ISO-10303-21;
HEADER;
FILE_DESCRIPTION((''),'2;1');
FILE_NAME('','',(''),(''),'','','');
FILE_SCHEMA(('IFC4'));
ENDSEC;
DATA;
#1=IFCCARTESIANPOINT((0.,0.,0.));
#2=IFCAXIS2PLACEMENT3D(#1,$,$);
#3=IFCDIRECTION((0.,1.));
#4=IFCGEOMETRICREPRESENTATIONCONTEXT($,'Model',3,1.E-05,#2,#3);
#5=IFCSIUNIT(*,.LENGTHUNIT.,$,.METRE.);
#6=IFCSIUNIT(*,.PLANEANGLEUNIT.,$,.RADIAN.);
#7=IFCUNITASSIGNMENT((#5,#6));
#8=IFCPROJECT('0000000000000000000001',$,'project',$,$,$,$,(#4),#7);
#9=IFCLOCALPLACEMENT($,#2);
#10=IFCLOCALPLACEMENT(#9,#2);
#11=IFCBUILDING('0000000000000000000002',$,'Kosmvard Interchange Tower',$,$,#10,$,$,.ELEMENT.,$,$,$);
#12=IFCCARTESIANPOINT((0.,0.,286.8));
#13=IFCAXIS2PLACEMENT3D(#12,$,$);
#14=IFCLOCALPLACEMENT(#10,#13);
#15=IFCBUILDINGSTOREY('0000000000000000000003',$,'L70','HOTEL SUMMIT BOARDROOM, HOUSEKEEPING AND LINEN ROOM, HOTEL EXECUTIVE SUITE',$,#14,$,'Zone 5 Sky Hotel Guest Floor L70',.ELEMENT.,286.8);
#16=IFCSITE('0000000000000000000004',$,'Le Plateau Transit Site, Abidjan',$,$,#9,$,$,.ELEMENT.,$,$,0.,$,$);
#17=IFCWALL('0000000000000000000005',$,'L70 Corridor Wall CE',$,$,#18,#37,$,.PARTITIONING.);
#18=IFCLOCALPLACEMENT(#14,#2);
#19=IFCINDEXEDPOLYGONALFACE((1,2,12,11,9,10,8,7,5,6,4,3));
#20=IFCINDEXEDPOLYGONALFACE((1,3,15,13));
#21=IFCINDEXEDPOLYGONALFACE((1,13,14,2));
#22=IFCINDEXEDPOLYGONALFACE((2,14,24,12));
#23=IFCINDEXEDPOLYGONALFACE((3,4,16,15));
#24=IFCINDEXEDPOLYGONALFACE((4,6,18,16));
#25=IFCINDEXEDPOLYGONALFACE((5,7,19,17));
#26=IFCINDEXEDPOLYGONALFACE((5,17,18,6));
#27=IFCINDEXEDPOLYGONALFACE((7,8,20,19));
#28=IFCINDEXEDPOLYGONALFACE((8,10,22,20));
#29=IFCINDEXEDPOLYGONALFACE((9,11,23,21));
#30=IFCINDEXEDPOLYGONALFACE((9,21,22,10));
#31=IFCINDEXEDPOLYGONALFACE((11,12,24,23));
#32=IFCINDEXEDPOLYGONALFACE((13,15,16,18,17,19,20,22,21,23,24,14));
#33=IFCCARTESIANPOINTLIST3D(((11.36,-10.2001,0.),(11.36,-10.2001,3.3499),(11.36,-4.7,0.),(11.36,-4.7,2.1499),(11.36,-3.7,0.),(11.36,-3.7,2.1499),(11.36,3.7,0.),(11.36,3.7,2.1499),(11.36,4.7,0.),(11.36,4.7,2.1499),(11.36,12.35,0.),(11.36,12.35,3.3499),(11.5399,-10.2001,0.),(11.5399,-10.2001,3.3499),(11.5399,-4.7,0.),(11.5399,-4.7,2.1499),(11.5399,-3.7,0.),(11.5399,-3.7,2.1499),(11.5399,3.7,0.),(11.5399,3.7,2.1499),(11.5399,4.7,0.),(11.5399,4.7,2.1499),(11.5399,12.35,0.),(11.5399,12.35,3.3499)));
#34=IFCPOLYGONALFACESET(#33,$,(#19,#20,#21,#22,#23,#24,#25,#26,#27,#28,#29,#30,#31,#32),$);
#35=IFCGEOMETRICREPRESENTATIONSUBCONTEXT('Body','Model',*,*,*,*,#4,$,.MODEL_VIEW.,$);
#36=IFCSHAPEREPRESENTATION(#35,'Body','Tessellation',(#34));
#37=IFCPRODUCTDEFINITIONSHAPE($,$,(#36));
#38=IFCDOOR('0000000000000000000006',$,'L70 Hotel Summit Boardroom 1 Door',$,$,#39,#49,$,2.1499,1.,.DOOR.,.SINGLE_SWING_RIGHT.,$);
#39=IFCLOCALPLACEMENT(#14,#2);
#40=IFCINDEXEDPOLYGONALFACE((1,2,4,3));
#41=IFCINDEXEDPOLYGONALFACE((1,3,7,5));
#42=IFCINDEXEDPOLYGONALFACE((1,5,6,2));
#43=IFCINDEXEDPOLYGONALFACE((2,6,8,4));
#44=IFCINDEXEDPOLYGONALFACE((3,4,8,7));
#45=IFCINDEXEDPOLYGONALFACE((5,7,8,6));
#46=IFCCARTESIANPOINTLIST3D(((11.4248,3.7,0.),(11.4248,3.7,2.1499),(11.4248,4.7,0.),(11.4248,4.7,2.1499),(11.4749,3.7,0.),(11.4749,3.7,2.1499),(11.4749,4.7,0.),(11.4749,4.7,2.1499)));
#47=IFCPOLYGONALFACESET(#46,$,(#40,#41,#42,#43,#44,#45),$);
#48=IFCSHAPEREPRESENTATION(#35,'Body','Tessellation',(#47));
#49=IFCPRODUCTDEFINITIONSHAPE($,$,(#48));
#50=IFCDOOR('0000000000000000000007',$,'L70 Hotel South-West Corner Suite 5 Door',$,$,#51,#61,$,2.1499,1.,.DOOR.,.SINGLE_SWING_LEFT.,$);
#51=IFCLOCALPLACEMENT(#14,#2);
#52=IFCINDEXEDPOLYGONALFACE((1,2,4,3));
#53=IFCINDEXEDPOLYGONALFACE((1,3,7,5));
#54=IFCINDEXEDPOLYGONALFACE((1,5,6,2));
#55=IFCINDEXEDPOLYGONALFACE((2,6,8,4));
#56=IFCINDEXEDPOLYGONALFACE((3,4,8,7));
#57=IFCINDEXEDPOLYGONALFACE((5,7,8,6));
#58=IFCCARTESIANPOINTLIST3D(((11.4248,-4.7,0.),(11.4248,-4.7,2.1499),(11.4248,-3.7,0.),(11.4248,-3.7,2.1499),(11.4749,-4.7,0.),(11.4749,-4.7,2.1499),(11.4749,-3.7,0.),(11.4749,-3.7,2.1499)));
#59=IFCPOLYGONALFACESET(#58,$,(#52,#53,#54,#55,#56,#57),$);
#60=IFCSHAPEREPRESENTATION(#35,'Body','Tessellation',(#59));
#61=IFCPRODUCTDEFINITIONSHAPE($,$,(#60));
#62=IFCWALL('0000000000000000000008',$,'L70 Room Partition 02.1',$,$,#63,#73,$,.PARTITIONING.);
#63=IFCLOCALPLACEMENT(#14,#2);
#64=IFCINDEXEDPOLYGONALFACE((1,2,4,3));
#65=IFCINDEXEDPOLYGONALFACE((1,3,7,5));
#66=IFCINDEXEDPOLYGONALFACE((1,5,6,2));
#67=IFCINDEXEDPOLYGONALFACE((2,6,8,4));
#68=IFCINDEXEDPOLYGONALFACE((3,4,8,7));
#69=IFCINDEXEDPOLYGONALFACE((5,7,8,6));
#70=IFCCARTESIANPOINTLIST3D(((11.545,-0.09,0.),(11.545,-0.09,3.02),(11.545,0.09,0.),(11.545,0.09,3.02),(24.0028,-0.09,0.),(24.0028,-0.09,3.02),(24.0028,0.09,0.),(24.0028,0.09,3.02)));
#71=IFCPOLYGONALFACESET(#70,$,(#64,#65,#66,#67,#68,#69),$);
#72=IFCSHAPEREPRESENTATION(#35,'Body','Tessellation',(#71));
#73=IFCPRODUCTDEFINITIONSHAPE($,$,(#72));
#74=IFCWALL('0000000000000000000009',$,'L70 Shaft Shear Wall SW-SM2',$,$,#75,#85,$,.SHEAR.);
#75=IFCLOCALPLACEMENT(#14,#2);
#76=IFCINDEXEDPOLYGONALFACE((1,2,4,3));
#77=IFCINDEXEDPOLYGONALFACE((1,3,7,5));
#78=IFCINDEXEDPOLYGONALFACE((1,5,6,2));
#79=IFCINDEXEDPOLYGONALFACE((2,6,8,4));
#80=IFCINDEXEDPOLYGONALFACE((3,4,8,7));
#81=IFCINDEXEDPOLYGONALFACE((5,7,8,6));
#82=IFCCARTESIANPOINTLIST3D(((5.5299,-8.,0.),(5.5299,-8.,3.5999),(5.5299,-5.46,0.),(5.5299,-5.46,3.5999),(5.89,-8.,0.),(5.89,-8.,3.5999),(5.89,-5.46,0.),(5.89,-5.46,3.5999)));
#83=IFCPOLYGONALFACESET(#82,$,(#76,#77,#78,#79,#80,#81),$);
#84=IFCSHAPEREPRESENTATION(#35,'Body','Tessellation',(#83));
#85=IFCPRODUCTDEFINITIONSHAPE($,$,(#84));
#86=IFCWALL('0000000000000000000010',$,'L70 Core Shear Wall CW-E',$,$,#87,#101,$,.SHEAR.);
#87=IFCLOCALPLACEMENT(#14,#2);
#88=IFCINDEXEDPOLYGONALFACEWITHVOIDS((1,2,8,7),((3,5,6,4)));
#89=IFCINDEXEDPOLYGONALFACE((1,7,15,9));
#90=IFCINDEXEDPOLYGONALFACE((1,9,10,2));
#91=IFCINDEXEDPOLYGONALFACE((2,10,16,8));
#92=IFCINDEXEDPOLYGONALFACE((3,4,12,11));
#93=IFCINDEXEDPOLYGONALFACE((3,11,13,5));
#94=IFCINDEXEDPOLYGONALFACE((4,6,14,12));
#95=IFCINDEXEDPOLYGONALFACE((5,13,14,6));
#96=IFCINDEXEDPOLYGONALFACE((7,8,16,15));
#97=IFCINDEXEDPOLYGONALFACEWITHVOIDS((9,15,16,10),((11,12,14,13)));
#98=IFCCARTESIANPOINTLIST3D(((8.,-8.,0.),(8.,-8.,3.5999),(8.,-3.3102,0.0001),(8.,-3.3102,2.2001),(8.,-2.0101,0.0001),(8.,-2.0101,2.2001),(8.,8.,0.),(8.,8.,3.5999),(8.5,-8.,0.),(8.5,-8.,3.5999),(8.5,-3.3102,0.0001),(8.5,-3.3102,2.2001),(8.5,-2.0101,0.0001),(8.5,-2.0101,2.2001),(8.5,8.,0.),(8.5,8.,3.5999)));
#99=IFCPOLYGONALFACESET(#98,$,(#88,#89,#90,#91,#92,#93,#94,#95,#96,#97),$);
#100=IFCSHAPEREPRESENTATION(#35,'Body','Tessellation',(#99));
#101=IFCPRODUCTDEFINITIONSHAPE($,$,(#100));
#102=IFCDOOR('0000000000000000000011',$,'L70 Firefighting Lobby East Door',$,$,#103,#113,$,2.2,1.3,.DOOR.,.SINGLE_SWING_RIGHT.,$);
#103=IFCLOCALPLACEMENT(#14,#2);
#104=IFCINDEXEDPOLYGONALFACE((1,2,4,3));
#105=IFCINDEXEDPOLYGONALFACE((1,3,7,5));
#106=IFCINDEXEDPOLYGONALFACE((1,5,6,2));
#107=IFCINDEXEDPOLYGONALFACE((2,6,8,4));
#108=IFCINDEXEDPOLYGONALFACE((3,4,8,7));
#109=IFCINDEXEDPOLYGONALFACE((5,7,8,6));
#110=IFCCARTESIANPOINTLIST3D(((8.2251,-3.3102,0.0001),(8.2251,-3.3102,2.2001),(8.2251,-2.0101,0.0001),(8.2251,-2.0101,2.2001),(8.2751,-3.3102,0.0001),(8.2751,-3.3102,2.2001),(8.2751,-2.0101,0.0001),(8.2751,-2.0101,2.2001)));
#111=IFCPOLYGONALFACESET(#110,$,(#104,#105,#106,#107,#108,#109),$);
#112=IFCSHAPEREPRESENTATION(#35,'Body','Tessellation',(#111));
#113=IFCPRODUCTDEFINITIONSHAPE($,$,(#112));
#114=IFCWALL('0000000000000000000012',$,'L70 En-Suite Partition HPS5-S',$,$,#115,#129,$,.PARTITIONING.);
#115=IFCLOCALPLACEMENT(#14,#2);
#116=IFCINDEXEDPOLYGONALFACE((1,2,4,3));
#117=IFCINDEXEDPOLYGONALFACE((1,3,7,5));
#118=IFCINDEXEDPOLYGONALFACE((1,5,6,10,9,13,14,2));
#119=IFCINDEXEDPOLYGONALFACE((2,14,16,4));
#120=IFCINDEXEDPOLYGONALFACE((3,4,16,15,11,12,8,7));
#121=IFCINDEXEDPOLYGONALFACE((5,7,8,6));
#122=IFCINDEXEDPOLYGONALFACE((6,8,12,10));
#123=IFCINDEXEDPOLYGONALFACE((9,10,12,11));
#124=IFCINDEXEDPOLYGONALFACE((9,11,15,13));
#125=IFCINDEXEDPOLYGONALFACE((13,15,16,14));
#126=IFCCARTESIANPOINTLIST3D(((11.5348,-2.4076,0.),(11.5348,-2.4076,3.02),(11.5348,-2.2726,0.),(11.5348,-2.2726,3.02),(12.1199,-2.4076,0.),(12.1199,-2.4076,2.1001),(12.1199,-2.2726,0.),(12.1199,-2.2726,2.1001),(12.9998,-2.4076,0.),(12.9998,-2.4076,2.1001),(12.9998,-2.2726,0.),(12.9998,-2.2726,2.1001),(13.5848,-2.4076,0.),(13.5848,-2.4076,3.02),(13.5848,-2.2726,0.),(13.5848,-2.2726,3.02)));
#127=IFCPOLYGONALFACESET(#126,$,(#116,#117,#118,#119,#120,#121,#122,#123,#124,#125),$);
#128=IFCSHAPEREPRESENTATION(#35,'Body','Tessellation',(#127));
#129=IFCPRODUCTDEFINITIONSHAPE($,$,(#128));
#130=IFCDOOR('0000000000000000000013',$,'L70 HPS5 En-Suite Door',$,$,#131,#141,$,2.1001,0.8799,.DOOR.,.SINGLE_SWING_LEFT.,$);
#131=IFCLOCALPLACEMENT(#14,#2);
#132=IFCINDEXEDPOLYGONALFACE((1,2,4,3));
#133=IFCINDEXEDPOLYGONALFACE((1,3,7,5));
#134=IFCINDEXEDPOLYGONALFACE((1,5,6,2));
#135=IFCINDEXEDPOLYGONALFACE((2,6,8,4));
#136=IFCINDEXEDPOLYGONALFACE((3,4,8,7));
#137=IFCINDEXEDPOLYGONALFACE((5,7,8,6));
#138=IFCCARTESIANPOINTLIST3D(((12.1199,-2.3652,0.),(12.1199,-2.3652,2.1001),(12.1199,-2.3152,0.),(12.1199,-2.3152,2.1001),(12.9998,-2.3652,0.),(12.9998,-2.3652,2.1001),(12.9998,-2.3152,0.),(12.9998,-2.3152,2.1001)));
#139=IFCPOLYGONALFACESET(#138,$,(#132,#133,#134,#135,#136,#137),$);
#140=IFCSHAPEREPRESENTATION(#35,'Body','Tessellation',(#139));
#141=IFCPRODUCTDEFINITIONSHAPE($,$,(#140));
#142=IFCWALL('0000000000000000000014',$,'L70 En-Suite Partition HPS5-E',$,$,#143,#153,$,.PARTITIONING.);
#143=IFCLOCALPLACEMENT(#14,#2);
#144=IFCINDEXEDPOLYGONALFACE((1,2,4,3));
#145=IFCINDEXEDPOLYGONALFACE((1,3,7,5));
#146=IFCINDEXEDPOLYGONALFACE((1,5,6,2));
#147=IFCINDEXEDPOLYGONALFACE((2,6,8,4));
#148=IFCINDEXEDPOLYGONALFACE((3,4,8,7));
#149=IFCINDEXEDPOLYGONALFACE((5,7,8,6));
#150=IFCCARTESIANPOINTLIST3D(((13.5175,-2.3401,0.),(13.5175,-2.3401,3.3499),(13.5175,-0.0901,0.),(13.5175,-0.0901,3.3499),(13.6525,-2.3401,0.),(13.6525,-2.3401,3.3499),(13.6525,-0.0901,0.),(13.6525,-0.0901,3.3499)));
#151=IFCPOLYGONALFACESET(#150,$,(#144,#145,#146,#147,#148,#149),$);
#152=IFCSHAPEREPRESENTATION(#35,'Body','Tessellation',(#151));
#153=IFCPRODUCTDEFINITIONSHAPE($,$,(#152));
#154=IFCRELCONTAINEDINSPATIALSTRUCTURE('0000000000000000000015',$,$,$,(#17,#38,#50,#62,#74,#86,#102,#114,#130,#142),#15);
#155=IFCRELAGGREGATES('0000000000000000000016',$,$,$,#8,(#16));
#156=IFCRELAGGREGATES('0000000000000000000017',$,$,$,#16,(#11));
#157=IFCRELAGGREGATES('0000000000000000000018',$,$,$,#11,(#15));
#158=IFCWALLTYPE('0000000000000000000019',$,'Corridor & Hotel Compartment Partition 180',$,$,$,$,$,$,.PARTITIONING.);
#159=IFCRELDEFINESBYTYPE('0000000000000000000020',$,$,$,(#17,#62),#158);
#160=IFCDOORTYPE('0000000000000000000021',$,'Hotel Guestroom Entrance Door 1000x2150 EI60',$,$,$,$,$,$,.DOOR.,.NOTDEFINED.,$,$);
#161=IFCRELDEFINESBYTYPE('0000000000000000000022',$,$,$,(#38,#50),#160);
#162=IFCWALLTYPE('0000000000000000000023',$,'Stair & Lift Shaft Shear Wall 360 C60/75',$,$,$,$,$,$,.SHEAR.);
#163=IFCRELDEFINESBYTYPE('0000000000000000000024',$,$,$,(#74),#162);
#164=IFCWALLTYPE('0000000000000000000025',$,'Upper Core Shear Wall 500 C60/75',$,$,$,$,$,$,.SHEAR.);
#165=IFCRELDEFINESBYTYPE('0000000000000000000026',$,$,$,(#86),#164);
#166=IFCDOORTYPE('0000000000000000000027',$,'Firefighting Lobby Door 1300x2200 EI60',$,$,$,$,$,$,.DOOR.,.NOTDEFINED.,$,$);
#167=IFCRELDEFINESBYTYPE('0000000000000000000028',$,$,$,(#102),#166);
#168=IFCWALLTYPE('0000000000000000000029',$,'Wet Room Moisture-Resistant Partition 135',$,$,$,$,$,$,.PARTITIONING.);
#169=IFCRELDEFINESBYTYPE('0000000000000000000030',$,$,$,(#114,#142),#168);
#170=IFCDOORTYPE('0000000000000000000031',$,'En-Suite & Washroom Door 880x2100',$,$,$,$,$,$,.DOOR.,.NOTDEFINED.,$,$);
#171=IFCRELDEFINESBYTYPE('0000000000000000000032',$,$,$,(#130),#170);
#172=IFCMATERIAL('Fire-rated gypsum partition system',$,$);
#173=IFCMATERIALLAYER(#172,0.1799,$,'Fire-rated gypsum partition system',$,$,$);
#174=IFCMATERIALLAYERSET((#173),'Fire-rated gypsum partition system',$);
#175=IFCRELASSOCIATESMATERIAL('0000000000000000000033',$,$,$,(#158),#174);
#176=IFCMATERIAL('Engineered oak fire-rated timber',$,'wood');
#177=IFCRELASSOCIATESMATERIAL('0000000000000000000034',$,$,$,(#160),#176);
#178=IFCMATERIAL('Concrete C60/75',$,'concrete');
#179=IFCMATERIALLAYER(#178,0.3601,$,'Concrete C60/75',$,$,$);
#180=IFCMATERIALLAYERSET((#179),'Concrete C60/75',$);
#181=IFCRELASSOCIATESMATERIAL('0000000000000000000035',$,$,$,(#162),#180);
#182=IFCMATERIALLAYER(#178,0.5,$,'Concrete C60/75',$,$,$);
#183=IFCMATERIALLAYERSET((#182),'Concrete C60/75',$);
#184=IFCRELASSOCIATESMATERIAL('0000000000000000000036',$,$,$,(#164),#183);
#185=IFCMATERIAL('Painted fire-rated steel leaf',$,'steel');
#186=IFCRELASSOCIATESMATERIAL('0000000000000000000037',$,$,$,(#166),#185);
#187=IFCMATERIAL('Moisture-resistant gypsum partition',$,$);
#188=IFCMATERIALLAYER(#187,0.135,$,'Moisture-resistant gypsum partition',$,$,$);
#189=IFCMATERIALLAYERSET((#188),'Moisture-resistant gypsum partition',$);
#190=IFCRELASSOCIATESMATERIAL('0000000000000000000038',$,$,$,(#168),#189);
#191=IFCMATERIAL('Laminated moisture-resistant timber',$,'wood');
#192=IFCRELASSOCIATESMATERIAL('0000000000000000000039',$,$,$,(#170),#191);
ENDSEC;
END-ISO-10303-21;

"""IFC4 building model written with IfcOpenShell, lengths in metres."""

from ifc_helpers import new_model, si_unit, direction, frame, frame_2d, origin, place, context, subcontext, project, spatial, rectangle, extrude, source, transform, mapped, material, layer, layer_set, type_object, element, fill, save


model = new_model("IFC4")

# Units and contexts
model_context = context("Model", 3, precision=1e-05, world=origin(), true_north=direction((0.0, 1.0)))
body_context = subcontext(model_context, "Body", "Model", "MODEL_VIEW")
ifc_project = project(units=[si_unit("LENGTHUNIT", "METRE"), si_unit("PLANEANGLEUNIT", "RADIAN")], contexts=[model_context])

# Site, building, storey
site_placement = place(None, origin())
site = spatial("IfcSite", under=ifc_project, at=site_placement, Name="Le Plateau Transit Site, Abidjan", CompositionType="ELEMENT", RefElevation=0.0)
building_placement = place(site_placement, origin())
building = spatial("IfcBuilding", under=site, at=building_placement, Name="Kosmvard Interchange Tower", CompositionType="ELEMENT")
storey_placement = place(building_placement, frame((0.0, 0.0, 286.8)))
storey = spatial("IfcBuildingStorey", under=building, at=storey_placement, Name="L70", Description="HOTEL SUMMIT BOARDROOM, HOUSEKEEPING AND LINEN ROOM, HOTEL EXECUTIVE SUITE", LongName="Zone 5 Sky Hotel Guest Floor L70", CompositionType="ELEMENT", Elevation=286.8)

# Wall, openings, doors
ifc_material_1 = material(Name="Fire-rated gypsum partition system")
ifc_layer_1 = layer(ifc_material_1, 0.1799, Name="Fire-rated gypsum partition system")
ifc_layer_set_1 = layer_set([ifc_layer_1], Name="Fire-rated gypsum partition system")
wall_type_1 = type_object("IfcWallType", Name="Corridor & Hotel Compartment Partition 180", PredefinedType="PARTITIONING", material=ifc_layer_set_1)
wall_1_placement = place(storey_placement, frame((11.45, -10.2, 0.0), z_axis=(0.0, 0.0, 1.0), x_axis=(0.0, 1.0, 0.0)))
wall_1 = element("IfcWall", 1, at=wall_1_placement, inside=storey, type_object=wall_type_1, Name="L70 Corridor Wall CE", PredefinedType="PARTITIONING", context=body_context, shape_type="SweptSolid", body=[
    extrude(rectangle(XDim=22.55, YDim=0.1799, at=frame_2d((11.2749, 0.0))), origin(), (0.0, 0.0, 1.0), 3.3499),
])
opening_1_placement = place(wall_1_placement, frame((13.8999, 0.0, 0.0)))
opening_1 = element("IfcOpeningElement", 2, at=opening_1_placement, cuts=wall_1, PredefinedType="OPENING", context=body_context, shape_type="SweptSolid", body=[
    extrude(rectangle(XDim=1.0, YDim=2.1499, at=frame_2d((0.5, 1.075))), frame((0.0, 0.1001, 0.0), z_axis=(0.0, -1.0, 0.0), x_axis=(1.0, 0.0, 0.0)), (0.0, 0.0, 1.0), 0.2),
])
opening_2_placement = place(wall_1_placement, frame((5.5, 0.0, 0.0)))
opening_2 = element("IfcOpeningElement", 3, at=opening_2_placement, cuts=wall_1, PredefinedType="OPENING", context=body_context, shape_type="SweptSolid", body=[
    extrude(rectangle(XDim=1.0, YDim=2.1499, at=frame_2d((0.5, 1.075))), frame((0.0, 0.1001, 0.0), z_axis=(0.0, -1.0, 0.0), x_axis=(1.0, 0.0, 0.0)), (0.0, 0.0, 1.0), 0.2),
])
ifc_material_2 = material(Name="Engineered oak fire-rated timber", Category="wood")
door_type_1 = type_object("IfcDoorType", Name="Hotel Guestroom Entrance Door 1000x2150 EI60", OperationType="NOTDEFINED", PredefinedType="DOOR", material=ifc_material_2)
shared_shape_1 = source(origin(), body_context, "Body", "SweptSolid", [
    extrude(rectangle(XDim=1.0, YDim=2.1499, at=frame_2d((0.5, 1.075))), frame((0.0, 0.0249, 0.0), z_axis=(0.0, -1.0, 0.0), x_axis=(1.0, 0.0, 0.0)), (0.0, 0.0, 1.0), 0.05),
])
door_1_placement = place(opening_1_placement, frame((1.0, 0.0, 0.0), z_axis=(0.0, 0.0, 1.0), x_axis=(-1.0, 0.0, 0.0)))
door_1 = element("IfcDoor", 4, at=door_1_placement, inside=storey, type_object=door_type_1, Name="L70 Hotel Summit Boardroom 1 Door", OperationType="SINGLE_SWING_RIGHT", OverallHeight=2.1499, OverallWidth=1.0, PredefinedType="DOOR", context=body_context, shape_type="MappedRepresentation", body=[
    mapped(shared_shape_1, transform((0.0, 0.0, 0.0), scale=1.0)),
])
fill(opening_1, door_1)
door_2_placement = place(opening_2_placement, frame((1.0, 0.0, 0.0), z_axis=(0.0, 0.0, 1.0), x_axis=(-1.0, 0.0, 0.0)))
door_2 = element("IfcDoor", 5, at=door_2_placement, inside=storey, type_object=door_type_1, Name="L70 Hotel South-West Corner Suite 5 Door", OperationType="SINGLE_SWING_LEFT", OverallHeight=2.1499, OverallWidth=1.0, PredefinedType="DOOR", context=body_context, shape_type="MappedRepresentation", body=[
    mapped(shared_shape_1, transform((0.0, 0.0, 0.0), scale=1.0)),
])
fill(opening_2, door_2)

# Walls
wall_2_placement = place(storey_placement, frame((11.5449, 0.0, 0.0), z_axis=(0.0, 0.0, 1.0), x_axis=(1.0, 0.0, 0.0)))
element("IfcWall", 6, at=wall_2_placement, inside=storey, type_object=wall_type_1, Name="L70 Room Partition 02.1", PredefinedType="PARTITIONING", context=body_context, shape_type="SweptSolid", body=[
    extrude(rectangle(XDim=12.4578, YDim=0.1799, at=frame_2d((6.229, 0.0))), origin(), (0.0, 0.0, 1.0), 3.02),
])
ifc_material_3 = material(Name="Concrete C60/75", Category="concrete")
ifc_layer_2 = layer(ifc_material_3, 0.3601, Name="Concrete C60/75")
ifc_layer_set_2 = layer_set([ifc_layer_2], Name="Concrete C60/75")
wall_type_2 = type_object("IfcWallType", Name="Stair & Lift Shaft Shear Wall 360 C60/75", PredefinedType="SHEAR", material=ifc_layer_set_2)
wall_3_placement = place(storey_placement, frame((5.71, -8.0, 0.0), z_axis=(0.0, 0.0, 1.0), x_axis=(0.0, 1.0, 0.0)))
element("IfcWall", 7, at=wall_3_placement, inside=storey, type_object=wall_type_2, Name="L70 Shaft Shear Wall SW-SM2", PredefinedType="SHEAR", context=body_context, shape_type="SweptSolid", body=[
    extrude(rectangle(XDim=2.54, YDim=0.3601, at=frame_2d((1.27, 0.0))), origin(), (0.0, 0.0, 1.0), 3.5999),
])

# Walls, openings, doors
ifc_layer_3 = layer(ifc_material_3, 0.5, Name="Concrete C60/75")
ifc_layer_set_3 = layer_set([ifc_layer_3], Name="Concrete C60/75")
wall_type_3 = type_object("IfcWallType", Name="Upper Core Shear Wall 500 C60/75", PredefinedType="SHEAR", material=ifc_layer_set_3)
wall_4_placement = place(storey_placement, frame((8.25, -8.0, 0.0), z_axis=(0.0, 0.0, 1.0), x_axis=(0.0, 1.0, 0.0)))
wall_4 = element("IfcWall", 8, at=wall_4_placement, inside=storey, type_object=wall_type_3, Name="L70 Core Shear Wall CW-E", PredefinedType="SHEAR", context=body_context, shape_type="SweptSolid", body=[
    extrude(rectangle(XDim=16.0, YDim=0.5, at=frame_2d((8.0, 0.0))), origin(), (0.0, 0.0, 1.0), 3.5999),
])
opening_3_placement = place(wall_4_placement, frame((4.6899, 0.0, 0.0)))
opening_3 = element("IfcOpeningElement", 9, at=opening_3_placement, cuts=wall_4, PredefinedType="OPENING", context=body_context, shape_type="SweptSolid", body=[
    extrude(rectangle(XDim=1.3, YDim=2.2, at=frame_2d((0.6499, 1.1001))), frame((0.0, 0.26, 0.0), z_axis=(0.0, -1.0, 0.0), x_axis=(1.0, 0.0, 0.0)), (0.0, 0.0, 1.0), 0.52),
])
ifc_material_4 = material(Name="Painted fire-rated steel leaf", Category="steel")
door_type_2 = type_object("IfcDoorType", Name="Firefighting Lobby Door 1300x2200 EI60", OperationType="NOTDEFINED", PredefinedType="DOOR", material=ifc_material_4)
shared_shape_2 = source(origin(), body_context, "Body", "SweptSolid", [
    extrude(rectangle(XDim=1.3, YDim=2.2, at=frame_2d((0.6499, 1.1001))), frame((0.0, 0.0249, 0.0), z_axis=(0.0, -1.0, 0.0), x_axis=(1.0, 0.0, 0.0)), (0.0, 0.0, 1.0), 0.05),
])
door_3_placement = place(opening_3_placement, origin())
door_3 = element("IfcDoor", 10, at=door_3_placement, inside=storey, type_object=door_type_2, Name="L70 Firefighting Lobby East Door", OperationType="SINGLE_SWING_RIGHT", OverallHeight=2.2, OverallWidth=1.3, PredefinedType="DOOR", context=body_context, shape_type="MappedRepresentation", body=[
    mapped(shared_shape_2, transform((0.0, 0.0, 0.0), scale=1.0)),
])
fill(opening_3, door_3)
ifc_material_5 = material(Name="Moisture-resistant gypsum partition")
ifc_layer_4 = layer(ifc_material_5, 0.135, Name="Moisture-resistant gypsum partition")
ifc_layer_set_4 = layer_set([ifc_layer_4], Name="Moisture-resistant gypsum partition")
wall_type_4 = type_object("IfcWallType", Name="Wet Room Moisture-Resistant Partition 135", PredefinedType="PARTITIONING", material=ifc_layer_set_4)
wall_5_placement = place(storey_placement, frame((11.5349, -2.3401, 0.0), z_axis=(0.0, 0.0, 1.0), x_axis=(1.0, 0.0, 0.0)))
wall_5 = element("IfcWall", 11, at=wall_5_placement, inside=storey, type_object=wall_type_4, Name="L70 En-Suite Partition HPS5-S", PredefinedType="PARTITIONING", context=body_context, shape_type="SweptSolid", body=[
    extrude(rectangle(XDim=2.05, YDim=0.135, at=frame_2d((1.0249, 0.0))), origin(), (0.0, 0.0, 1.0), 3.02),
])
opening_4_placement = place(wall_5_placement, frame((0.585, 0.0, 0.0)))
opening_4 = element("IfcOpeningElement", 12, at=opening_4_placement, cuts=wall_5, PredefinedType="OPENING", context=body_context, shape_type="SweptSolid", body=[
    extrude(rectangle(XDim=0.8799, YDim=2.1001, at=frame_2d((0.4399, 1.05))), frame((0.0, 0.0776, 0.0), z_axis=(0.0, -1.0, 0.0), x_axis=(1.0, 0.0, 0.0)), (0.0, 0.0, 1.0), 0.155),
])
ifc_material_6 = material(Name="Laminated moisture-resistant timber", Category="wood")
door_type_3 = type_object("IfcDoorType", Name="En-Suite & Washroom Door 880x2100", OperationType="NOTDEFINED", PredefinedType="DOOR", material=ifc_material_6)
shared_shape_3 = source(origin(), body_context, "Body", "SweptSolid", [
    extrude(rectangle(XDim=0.8799, YDim=2.1001, at=frame_2d((0.4399, 1.05))), frame((0.0, 0.0249, 0.0), z_axis=(0.0, -1.0, 0.0), x_axis=(1.0, 0.0, 0.0)), (0.0, 0.0, 1.0), 0.05),
])
door_4_placement = place(opening_4_placement, origin())
door_4 = element("IfcDoor", 13, at=door_4_placement, inside=storey, type_object=door_type_3, Name="L70 HPS5 En-Suite Door", OperationType="SINGLE_SWING_LEFT", OverallHeight=2.1001, OverallWidth=0.8799, PredefinedType="DOOR", context=body_context, shape_type="MappedRepresentation", body=[
    mapped(shared_shape_3, transform((0.0, 0.0, 0.0), scale=1.0)),
])
fill(opening_4, door_4)

# Wall
wall_6_placement = place(storey_placement, frame((13.585, -2.3401, 0.0), z_axis=(0.0, 0.0, 1.0), x_axis=(0.0, 1.0, 0.0)))
element("IfcWall", 14, at=wall_6_placement, inside=storey, type_object=wall_type_4, Name="L70 En-Suite Partition HPS5-E", PredefinedType="PARTITIONING", context=body_context, shape_type="SweptSolid", body=[
    extrude(rectangle(XDim=2.25, YDim=0.135, at=frame_2d((1.125, 0.0))), origin(), (0.0, 0.0, 1.0), 3.3499),
])

save(model, "model.ifc")
